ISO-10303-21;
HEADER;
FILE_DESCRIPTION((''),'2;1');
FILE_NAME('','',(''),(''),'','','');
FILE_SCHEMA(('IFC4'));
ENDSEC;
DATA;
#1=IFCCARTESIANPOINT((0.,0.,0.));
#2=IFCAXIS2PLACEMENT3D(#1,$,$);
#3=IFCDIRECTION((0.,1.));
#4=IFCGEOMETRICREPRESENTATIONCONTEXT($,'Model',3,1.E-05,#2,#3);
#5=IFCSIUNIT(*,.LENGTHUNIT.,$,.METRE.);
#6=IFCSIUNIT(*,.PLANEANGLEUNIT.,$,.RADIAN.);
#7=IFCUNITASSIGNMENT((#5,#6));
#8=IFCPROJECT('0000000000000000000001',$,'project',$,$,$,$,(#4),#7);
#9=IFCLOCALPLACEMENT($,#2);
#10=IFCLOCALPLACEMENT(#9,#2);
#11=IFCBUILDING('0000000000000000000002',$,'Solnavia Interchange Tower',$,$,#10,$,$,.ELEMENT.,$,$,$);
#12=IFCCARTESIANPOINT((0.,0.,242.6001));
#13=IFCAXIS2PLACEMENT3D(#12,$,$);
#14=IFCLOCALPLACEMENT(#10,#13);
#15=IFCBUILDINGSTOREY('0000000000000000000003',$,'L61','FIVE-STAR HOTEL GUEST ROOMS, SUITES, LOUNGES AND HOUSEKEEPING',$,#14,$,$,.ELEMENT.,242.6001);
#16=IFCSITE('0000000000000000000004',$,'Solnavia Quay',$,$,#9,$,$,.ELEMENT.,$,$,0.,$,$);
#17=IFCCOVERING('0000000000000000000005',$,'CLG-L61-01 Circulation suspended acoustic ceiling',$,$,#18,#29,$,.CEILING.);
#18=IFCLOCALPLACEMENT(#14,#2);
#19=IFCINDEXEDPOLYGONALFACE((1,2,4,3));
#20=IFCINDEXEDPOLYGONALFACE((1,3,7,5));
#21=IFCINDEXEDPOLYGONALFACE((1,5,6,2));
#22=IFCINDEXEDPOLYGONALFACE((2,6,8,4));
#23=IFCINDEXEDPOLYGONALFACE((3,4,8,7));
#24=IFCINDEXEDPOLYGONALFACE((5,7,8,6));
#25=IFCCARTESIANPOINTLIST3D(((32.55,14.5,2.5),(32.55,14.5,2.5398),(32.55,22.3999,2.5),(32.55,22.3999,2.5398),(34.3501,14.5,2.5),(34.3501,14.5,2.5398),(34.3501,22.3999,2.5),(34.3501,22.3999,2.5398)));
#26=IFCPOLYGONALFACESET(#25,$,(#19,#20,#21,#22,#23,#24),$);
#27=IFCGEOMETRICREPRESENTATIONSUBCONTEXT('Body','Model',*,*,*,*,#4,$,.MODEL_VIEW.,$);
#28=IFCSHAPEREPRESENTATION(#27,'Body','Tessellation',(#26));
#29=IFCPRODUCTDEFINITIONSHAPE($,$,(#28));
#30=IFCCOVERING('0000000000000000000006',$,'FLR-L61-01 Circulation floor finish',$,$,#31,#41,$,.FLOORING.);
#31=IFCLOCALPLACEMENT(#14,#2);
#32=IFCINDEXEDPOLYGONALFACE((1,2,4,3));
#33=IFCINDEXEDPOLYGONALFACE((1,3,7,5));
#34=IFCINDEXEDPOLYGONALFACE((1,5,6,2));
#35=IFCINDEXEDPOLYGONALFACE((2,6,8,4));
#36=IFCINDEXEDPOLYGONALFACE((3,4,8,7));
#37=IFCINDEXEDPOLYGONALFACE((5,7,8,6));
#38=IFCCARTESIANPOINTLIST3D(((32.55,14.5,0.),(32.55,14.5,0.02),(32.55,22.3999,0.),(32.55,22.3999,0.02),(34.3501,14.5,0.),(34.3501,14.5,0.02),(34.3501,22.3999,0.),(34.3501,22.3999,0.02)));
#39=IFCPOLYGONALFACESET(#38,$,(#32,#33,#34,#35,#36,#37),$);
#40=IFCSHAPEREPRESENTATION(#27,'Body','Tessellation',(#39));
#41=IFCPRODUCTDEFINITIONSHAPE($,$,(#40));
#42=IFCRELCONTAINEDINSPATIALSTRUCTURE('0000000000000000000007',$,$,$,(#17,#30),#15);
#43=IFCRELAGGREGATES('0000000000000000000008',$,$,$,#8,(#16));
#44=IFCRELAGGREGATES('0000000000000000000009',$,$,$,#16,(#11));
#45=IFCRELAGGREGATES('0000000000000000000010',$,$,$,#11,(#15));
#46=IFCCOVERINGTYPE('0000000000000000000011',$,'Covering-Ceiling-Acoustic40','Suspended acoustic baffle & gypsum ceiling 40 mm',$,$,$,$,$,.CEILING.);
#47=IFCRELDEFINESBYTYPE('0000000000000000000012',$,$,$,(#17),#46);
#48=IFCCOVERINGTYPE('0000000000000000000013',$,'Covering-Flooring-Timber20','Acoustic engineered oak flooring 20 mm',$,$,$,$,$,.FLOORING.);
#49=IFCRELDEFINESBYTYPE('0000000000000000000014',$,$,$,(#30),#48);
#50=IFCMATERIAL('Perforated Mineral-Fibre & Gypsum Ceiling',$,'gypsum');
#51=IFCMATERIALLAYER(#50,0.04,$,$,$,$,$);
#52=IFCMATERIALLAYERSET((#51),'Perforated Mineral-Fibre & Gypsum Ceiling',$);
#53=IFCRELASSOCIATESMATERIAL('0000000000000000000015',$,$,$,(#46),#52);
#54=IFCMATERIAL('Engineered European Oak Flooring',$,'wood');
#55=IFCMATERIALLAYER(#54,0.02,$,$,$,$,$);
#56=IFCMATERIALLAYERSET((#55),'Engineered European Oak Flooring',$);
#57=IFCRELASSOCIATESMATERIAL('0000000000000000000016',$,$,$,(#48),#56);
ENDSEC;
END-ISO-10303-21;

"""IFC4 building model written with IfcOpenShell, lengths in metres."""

from ifc_helpers import new_model, si_unit, direction, frame, origin, place, context, subcontext, project, spatial, polyline, outline, extrude, material, layer, layer_set, type_object, element, save


model = new_model("IFC4")

# Units and contexts
model_context = context("Model", 3, precision=1e-05, world=origin(), true_north=direction((0.0, 1.0)))
body_context = subcontext(model_context, "Body", "Model", "MODEL_VIEW")
ifc_project = project(units=[si_unit("LENGTHUNIT", "METRE"), si_unit("PLANEANGLEUNIT", "RADIAN")], contexts=[model_context])

# Site, building, storey
site_placement = place(None, origin())
site = spatial("IfcSite", under=ifc_project, at=site_placement, Name="Solnavia Quay", CompositionType="ELEMENT", RefElevation=0.0)
building_placement = place(site_placement, origin())
building = spatial("IfcBuilding", under=site, at=building_placement, Name="Solnavia Interchange Tower", CompositionType="ELEMENT")
storey_placement = place(building_placement, frame((0.0, 0.0, 242.6001)))
storey = spatial("IfcBuildingStorey", under=building, at=storey_placement, Name="L61", Description="FIVE-STAR HOTEL GUEST ROOMS, SUITES, LOUNGES AND HOUSEKEEPING", CompositionType="ELEMENT", Elevation=242.6001)

# Coverings
ifc_material_1 = material(Name="Perforated Mineral-Fibre & Gypsum Ceiling", Category="gypsum")
ifc_layer_1 = layer(ifc_material_1, 0.04)
ifc_layer_set_1 = layer_set([ifc_layer_1], Name="Perforated Mineral-Fibre & Gypsum Ceiling")
covering_type_1 = type_object("IfcCoveringType", Name="Covering-Ceiling-Acoustic40", Description="Suspended acoustic baffle & gypsum ceiling 40 mm", PredefinedType="CEILING", material=ifc_layer_set_1)
covering_1_placement = place(storey_placement, frame((0.0, 0.0, 2.5)))
element("IfcCovering", 1, at=covering_1_placement, inside=storey, type_object=covering_type_1, Name="CLG-L61-01 Circulation suspended acoustic ceiling", PredefinedType="CEILING", context=body_context, shape_type="SweptSolid", body=[
    extrude(outline(polyline([(32.55, 14.5), (34.3501, 14.5), (34.3501, 22.3999), (32.55, 22.3999), (32.55, 14.5)])), origin(), (0.0, 0.0, 1.0), 0.0398),
])
ifc_material_2 = material(Name="Engineered European Oak Flooring", Category="wood")
ifc_layer_2 = layer(ifc_material_2, 0.02)
ifc_layer_set_2 = layer_set([ifc_layer_2], Name="Engineered European Oak Flooring")
covering_type_2 = type_object("IfcCoveringType", Name="Covering-Flooring-Timber20", Description="Acoustic engineered oak flooring 20 mm", PredefinedType="FLOORING", material=ifc_layer_set_2)
covering_2_placement = place(storey_placement, origin())
element("IfcCovering", 2, at=covering_2_placement, inside=storey, type_object=covering_type_2, Name="FLR-L61-01 Circulation floor finish", PredefinedType="FLOORING", context=body_context, shape_type="SweptSolid", body=[
    extrude(outline(polyline([(32.55, 14.5), (34.3501, 14.5), (34.3501, 22.3999), (32.55, 22.3999), (32.55, 14.5)])), origin(), (0.0, 0.0, 1.0), 0.02),
])

save(model, "model.ifc")
